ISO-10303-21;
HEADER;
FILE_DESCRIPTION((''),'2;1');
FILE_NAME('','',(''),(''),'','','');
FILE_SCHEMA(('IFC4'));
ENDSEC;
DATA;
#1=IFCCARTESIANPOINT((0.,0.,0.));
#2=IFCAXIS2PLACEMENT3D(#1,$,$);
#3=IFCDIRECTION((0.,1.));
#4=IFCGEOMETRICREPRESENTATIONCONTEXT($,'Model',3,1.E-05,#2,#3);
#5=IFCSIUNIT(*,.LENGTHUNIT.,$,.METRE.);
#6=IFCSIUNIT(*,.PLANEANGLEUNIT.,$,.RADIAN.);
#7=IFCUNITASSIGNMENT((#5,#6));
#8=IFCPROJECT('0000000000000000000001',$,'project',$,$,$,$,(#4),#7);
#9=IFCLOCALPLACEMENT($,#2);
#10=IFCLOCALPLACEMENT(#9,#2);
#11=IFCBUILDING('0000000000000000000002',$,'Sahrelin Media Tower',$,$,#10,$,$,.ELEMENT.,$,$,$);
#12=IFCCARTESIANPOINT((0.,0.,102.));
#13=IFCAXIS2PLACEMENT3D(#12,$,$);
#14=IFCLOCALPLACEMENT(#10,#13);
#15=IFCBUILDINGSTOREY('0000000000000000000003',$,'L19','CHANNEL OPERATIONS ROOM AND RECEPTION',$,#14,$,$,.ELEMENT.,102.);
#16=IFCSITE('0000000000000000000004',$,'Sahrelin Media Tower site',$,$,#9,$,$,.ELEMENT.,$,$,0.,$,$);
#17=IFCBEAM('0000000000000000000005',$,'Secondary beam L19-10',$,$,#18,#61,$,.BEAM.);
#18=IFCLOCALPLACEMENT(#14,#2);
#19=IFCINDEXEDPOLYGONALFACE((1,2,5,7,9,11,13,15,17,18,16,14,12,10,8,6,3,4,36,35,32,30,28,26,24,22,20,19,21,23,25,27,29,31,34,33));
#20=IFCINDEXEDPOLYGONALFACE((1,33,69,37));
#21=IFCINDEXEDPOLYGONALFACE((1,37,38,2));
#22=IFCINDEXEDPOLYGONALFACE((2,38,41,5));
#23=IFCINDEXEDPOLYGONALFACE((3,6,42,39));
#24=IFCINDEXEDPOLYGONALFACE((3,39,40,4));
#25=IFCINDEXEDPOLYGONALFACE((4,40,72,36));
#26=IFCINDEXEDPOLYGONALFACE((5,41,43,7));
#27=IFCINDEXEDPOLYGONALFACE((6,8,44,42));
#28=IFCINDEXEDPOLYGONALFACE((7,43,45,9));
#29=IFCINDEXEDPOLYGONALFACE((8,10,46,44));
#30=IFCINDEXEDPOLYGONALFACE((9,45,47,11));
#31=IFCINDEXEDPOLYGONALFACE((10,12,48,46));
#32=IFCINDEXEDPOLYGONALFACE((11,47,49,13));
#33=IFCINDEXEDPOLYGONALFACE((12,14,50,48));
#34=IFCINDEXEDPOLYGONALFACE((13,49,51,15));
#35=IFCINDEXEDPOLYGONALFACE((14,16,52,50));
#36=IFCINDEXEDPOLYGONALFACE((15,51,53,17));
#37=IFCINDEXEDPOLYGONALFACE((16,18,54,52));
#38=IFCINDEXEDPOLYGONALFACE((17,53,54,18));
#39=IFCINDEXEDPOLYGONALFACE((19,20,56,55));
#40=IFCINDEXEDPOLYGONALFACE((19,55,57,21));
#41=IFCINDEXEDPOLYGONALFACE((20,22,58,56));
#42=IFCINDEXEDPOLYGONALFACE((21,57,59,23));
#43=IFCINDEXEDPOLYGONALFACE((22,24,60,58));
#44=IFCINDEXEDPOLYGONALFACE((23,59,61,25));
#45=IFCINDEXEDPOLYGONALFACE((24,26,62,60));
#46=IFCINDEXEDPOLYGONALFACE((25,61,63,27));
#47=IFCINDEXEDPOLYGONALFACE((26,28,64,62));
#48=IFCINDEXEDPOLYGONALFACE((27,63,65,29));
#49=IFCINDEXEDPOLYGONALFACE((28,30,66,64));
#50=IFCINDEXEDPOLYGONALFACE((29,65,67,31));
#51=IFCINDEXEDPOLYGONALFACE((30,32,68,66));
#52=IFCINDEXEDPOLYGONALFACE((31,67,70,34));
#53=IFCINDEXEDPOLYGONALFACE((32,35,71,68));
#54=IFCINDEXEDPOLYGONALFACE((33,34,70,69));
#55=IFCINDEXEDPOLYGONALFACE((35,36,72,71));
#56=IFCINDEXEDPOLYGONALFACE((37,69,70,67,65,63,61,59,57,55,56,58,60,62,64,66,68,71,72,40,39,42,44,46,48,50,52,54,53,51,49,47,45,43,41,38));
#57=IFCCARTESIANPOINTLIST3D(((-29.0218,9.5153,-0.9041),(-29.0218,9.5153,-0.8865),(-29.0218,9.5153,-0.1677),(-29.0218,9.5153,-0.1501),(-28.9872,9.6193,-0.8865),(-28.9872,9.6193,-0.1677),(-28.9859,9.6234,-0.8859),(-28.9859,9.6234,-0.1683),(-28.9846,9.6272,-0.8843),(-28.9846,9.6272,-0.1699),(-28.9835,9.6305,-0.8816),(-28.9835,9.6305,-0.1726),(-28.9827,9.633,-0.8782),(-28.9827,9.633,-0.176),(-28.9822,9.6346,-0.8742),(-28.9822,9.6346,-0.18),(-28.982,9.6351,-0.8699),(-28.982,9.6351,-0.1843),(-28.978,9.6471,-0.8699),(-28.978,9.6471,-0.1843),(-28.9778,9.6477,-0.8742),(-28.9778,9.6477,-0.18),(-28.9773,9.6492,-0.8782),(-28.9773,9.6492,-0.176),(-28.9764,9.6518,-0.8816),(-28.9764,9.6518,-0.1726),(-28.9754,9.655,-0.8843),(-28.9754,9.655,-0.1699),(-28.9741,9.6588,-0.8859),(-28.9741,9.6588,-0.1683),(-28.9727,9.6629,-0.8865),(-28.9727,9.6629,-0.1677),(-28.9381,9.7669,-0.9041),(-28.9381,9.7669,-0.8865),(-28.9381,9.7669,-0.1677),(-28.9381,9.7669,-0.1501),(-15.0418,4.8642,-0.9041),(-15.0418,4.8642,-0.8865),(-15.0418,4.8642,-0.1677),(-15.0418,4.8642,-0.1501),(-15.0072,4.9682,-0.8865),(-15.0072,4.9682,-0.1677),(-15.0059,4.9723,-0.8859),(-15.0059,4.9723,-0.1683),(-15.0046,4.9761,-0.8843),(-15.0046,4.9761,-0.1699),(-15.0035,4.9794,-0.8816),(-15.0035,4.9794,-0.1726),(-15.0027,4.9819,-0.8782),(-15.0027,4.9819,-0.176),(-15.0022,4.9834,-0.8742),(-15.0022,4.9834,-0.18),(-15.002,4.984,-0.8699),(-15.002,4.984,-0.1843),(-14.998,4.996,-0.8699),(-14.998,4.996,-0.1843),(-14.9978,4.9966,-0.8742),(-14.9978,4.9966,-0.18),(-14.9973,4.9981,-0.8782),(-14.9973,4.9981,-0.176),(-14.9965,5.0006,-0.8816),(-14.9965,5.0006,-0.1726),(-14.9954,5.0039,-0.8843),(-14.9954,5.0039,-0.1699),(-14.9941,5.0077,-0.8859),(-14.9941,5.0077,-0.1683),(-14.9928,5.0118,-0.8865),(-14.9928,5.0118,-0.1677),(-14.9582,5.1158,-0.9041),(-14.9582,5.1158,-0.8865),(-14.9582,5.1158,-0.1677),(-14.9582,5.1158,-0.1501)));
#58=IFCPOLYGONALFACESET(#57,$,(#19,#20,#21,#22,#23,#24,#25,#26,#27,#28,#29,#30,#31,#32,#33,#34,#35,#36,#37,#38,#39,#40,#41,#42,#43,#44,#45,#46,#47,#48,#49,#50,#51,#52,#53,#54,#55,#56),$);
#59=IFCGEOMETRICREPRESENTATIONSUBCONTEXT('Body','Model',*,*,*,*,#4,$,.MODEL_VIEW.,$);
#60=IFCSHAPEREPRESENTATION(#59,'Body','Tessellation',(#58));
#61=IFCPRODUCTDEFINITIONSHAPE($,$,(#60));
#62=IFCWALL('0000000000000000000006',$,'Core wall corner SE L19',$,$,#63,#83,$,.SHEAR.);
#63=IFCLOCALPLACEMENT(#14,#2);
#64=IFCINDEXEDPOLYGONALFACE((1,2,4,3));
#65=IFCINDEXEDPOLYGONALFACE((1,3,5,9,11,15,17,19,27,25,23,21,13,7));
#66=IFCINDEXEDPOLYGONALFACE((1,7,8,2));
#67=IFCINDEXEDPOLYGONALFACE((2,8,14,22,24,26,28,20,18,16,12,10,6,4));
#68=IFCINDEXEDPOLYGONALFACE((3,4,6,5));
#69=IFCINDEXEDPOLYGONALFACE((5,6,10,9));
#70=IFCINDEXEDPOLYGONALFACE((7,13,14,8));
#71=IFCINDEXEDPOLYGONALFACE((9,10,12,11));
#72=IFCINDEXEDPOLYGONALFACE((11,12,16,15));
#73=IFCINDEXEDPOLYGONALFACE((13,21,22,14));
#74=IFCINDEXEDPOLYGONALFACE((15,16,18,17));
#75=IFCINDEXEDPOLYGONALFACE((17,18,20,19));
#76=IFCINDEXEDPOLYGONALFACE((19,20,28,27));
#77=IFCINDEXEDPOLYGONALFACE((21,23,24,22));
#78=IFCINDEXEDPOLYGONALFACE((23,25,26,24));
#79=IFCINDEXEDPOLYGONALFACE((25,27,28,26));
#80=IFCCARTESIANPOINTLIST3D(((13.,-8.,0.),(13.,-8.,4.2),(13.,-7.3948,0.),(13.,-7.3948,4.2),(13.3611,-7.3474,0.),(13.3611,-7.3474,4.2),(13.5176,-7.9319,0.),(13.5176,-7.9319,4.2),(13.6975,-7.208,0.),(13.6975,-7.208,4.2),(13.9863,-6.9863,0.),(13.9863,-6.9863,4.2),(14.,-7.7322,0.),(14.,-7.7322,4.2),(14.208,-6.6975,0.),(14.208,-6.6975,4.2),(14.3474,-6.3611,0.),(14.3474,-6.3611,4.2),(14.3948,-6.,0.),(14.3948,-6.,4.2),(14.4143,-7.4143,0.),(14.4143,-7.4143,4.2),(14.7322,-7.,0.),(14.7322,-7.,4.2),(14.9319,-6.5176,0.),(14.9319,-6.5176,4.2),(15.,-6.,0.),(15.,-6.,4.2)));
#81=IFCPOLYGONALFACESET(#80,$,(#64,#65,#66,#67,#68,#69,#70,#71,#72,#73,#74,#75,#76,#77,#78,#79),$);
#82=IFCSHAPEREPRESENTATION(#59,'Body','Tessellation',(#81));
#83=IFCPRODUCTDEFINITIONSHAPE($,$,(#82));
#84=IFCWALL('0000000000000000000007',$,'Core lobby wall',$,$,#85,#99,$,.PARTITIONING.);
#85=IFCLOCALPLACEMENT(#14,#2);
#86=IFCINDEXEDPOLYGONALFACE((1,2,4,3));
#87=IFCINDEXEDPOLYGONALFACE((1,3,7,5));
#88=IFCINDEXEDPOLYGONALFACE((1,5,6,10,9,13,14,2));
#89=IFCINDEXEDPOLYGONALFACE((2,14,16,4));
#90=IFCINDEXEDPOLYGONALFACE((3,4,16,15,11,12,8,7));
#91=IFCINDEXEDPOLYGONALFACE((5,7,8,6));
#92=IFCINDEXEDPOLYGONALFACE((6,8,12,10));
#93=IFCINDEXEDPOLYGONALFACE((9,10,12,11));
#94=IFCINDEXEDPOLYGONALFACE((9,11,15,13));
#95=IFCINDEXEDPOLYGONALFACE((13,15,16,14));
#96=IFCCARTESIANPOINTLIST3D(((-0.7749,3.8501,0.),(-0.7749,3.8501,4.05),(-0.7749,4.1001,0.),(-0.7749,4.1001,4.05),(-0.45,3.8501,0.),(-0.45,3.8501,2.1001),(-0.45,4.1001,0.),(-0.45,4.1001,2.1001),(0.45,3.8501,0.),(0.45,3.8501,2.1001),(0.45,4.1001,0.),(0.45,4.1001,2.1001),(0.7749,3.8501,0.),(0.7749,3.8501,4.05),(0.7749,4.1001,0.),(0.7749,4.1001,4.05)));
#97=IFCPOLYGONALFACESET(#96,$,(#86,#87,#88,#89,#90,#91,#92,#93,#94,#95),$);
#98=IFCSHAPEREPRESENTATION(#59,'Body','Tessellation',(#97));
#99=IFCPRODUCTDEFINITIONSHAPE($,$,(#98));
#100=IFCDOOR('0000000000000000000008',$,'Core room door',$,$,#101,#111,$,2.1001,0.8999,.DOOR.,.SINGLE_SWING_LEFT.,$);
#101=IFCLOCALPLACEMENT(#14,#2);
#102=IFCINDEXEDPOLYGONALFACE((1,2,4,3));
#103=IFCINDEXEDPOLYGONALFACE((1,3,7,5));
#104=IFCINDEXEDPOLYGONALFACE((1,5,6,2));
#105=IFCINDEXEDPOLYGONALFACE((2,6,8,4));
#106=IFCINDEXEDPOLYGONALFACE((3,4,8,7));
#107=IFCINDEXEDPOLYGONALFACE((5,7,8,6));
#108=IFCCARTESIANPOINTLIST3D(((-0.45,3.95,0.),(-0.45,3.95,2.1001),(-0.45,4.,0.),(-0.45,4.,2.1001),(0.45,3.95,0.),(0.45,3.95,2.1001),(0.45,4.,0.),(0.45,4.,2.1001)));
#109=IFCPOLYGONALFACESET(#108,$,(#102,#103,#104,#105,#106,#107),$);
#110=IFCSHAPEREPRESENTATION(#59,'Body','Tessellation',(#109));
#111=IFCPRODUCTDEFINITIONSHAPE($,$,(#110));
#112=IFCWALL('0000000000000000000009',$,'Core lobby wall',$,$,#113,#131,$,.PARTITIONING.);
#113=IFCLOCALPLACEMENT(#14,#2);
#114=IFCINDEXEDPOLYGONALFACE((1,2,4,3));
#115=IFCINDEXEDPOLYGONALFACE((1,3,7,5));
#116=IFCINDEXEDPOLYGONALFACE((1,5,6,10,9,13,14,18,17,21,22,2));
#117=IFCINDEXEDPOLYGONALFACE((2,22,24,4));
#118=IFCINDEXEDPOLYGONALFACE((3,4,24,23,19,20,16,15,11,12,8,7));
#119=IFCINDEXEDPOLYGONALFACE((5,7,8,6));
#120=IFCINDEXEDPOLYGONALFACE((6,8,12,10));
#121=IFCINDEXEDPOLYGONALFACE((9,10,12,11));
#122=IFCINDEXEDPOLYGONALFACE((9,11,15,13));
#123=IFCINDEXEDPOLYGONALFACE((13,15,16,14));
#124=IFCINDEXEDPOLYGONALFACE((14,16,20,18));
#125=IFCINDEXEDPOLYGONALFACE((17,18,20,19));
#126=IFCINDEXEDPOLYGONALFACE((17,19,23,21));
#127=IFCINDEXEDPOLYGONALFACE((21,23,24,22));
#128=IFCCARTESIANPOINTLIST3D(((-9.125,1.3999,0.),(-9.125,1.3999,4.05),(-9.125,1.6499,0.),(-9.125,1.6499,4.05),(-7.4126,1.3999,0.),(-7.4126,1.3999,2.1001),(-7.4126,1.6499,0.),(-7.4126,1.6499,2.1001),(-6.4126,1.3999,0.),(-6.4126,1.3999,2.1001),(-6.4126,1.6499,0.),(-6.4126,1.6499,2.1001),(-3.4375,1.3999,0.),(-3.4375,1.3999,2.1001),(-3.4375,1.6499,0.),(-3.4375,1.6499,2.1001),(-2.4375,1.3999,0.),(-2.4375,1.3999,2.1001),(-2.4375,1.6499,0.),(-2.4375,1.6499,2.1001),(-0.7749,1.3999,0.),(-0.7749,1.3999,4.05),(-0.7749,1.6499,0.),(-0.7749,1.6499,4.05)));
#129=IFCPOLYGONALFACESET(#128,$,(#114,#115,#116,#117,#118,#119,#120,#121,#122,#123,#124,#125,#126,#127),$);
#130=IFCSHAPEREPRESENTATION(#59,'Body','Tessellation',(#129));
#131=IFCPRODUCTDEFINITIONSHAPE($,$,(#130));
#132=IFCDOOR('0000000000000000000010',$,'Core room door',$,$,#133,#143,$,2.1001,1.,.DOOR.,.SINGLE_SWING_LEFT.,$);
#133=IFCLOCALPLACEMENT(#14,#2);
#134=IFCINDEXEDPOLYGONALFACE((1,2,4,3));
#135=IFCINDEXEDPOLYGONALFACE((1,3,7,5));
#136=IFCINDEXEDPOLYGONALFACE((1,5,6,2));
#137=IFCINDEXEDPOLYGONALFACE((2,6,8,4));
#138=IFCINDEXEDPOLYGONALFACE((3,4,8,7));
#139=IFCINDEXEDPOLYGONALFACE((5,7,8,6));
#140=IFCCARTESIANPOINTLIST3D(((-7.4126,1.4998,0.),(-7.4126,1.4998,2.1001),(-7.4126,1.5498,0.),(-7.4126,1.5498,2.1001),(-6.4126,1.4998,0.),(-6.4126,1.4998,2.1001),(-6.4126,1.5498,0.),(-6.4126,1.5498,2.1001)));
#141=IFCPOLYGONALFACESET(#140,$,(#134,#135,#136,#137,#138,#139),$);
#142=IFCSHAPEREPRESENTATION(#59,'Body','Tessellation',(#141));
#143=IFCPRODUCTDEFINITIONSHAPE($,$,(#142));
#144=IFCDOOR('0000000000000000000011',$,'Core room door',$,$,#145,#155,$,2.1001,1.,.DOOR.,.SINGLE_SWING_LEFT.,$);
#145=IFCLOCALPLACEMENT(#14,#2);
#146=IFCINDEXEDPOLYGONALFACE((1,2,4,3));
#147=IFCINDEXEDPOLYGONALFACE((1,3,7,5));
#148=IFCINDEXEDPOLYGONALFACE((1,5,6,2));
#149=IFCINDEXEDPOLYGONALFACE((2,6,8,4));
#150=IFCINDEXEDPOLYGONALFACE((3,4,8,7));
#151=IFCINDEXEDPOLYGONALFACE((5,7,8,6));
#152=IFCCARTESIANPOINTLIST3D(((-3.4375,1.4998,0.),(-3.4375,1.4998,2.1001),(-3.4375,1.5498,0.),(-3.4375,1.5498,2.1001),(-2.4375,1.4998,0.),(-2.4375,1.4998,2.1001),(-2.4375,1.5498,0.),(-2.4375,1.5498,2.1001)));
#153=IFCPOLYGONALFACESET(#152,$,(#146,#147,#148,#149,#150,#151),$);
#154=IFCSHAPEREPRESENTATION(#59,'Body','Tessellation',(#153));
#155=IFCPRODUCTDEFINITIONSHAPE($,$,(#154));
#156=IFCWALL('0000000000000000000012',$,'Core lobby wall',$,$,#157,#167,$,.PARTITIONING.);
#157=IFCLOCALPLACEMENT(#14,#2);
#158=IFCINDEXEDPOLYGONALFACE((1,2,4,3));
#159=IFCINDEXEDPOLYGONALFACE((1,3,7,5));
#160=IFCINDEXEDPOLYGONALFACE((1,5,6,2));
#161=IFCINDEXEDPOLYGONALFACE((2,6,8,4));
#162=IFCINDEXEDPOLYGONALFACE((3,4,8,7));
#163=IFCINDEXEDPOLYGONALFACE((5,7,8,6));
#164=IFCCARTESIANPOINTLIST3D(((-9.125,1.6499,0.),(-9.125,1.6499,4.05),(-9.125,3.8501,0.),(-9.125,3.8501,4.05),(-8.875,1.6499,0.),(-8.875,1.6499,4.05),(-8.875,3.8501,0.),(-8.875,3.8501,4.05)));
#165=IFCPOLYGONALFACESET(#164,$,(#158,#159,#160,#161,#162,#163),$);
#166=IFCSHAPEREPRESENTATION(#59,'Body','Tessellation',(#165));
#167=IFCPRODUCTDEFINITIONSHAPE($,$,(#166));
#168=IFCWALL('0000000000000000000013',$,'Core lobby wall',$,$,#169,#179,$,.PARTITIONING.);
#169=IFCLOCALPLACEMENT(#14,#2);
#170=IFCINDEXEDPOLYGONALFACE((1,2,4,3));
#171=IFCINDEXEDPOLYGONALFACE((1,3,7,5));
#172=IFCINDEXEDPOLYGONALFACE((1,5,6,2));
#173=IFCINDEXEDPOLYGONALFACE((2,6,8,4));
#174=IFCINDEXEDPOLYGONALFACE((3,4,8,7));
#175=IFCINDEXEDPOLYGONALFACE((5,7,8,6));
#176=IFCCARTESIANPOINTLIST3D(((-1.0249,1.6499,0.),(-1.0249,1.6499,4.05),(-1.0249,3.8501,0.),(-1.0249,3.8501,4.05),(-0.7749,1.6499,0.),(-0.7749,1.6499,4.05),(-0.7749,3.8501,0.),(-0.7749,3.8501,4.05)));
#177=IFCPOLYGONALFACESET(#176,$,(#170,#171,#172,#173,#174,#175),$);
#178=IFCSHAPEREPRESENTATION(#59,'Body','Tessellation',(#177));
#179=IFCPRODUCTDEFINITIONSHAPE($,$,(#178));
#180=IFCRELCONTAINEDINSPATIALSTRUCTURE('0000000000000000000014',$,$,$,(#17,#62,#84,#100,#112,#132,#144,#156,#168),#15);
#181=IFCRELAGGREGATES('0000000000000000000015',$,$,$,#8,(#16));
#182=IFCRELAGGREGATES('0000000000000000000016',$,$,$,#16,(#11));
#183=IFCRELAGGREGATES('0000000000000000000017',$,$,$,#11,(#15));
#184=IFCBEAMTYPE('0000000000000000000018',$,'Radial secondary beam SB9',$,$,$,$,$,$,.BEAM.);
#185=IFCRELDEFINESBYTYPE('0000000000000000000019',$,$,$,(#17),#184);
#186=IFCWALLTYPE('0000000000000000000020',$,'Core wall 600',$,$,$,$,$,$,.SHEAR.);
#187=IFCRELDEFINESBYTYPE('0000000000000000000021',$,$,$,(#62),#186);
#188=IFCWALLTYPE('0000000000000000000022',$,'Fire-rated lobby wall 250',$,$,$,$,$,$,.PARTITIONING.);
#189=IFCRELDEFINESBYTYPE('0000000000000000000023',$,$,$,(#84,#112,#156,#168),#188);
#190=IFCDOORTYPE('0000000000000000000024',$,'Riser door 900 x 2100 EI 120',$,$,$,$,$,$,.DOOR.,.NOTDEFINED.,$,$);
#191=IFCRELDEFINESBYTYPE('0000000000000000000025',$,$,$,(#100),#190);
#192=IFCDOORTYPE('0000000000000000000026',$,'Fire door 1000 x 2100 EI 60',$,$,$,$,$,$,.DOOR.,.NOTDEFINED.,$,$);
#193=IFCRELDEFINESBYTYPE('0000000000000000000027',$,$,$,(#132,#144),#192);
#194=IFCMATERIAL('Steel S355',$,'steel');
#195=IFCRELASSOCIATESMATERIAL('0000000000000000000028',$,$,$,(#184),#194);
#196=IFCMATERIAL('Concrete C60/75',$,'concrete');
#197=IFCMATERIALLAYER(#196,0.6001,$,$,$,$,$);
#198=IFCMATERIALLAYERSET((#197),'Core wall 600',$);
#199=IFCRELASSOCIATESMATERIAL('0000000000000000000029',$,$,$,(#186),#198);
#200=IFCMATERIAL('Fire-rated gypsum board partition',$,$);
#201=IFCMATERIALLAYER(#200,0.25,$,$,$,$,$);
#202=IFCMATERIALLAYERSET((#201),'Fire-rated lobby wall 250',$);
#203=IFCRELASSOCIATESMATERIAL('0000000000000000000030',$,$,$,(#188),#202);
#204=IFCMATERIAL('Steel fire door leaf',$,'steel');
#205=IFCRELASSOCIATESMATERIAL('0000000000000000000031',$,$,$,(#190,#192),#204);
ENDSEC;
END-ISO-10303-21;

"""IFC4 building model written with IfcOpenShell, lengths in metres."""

from ifc_helpers import new_model, si_unit, direction, frame, frame_2d, origin, origin_2d, place, context, subcontext, project, spatial, polyline, rectangle, i_section, outline, extrude, material, layer, layer_set, material_profile, profile_set, type_object, element, fill, save


model = new_model("IFC4")

# Units and contexts
model_context = context("Model", 3, precision=1e-05, world=origin(), true_north=direction((0.0, 1.0)))
body_context = subcontext(model_context, "Body", "Model", "MODEL_VIEW")
ifc_project = project(units=[si_unit("LENGTHUNIT", "METRE"), si_unit("PLANEANGLEUNIT", "RADIAN")], contexts=[model_context])

# Site, building, storey
site_placement = place(None, origin())
site = spatial("IfcSite", under=ifc_project, at=site_placement, Name="Sahrelin Media Tower site", CompositionType="ELEMENT", RefElevation=0.0)
building_placement = place(site_placement, origin())
building = spatial("IfcBuilding", under=site, at=building_placement, Name="Sahrelin Media Tower", CompositionType="ELEMENT")
storey_placement = place(building_placement, frame((0.0, 0.0, 102.0)))
storey = spatial("IfcBuildingStorey", under=building, at=storey_placement, Name="L19", Description="CHANNEL OPERATIONS ROOM AND RECEPTION", CompositionType="ELEMENT", Elevation=102.0)

# Beam
ifc_material_1 = material(Name="Steel S355", Category="steel")
ifc_material_profile_1 = material_profile(ifc_material_1, i_section(OverallWidth=0.2651, OverallDepth=0.7539, WebThickness=0.0127, FlangeThickness=0.0176, FilletRadius=0.0166, at=origin_2d()), Name="UB 762x267x147")
ifc_profile_set_1 = profile_set([ifc_material_profile_1], Name="Steel S355")
beam_type_1 = type_object("IfcBeamType", Name="Radial secondary beam SB9", PredefinedType="BEAM", material=ifc_profile_set_1)
beam_1_placement = place(storey_placement, frame((-15.0, 4.99, -0.5271), z_axis=(-0.948864, 0.315686, 0.0), x_axis=(-0.315686, -0.948864, 0.0)))
element("IfcBeam", 1, at=beam_1_placement, inside=storey, type_object=beam_type_1, Name="Secondary beam L19-10", PredefinedType="BEAM", context=body_context, shape_type="SweptSolid", body=[
    extrude(i_section(OverallWidth=0.2651, OverallDepth=0.7539, WebThickness=0.0127, FlangeThickness=0.0176, FilletRadius=0.0166, at=origin_2d()), origin(), (0.0, 0.0, 1.0), 14.7334),
])

# Wall
ifc_material_2 = material(Name="Concrete C60/75", Category="concrete")
ifc_layer_1 = layer(ifc_material_2, 0.6001)
ifc_layer_set_1 = layer_set([ifc_layer_1], Name="Core wall 600")
wall_type_1 = type_object("IfcWallType", Name="Core wall 600", PredefinedType="SHEAR", material=ifc_layer_set_1)
wall_1_placement = place(storey_placement, origin())
element("IfcWall", 2, at=wall_1_placement, inside=storey, type_object=wall_type_1, Name="Core wall corner SE L19", PredefinedType="SHEAR", context=body_context, shape_type="SweptSolid", body=[
    extrude(outline(polyline([(15.0, -6.0), (14.3948, -6.0), (14.3474, -6.3611), (14.208, -6.6975), (13.9863, -6.9863), (13.6975, -7.208), (13.3611, -7.3474), (13.0, -7.3948), (13.0, -8.0), (13.5176, -7.9319), (14.0, -7.7322), (14.4143, -7.4143), (14.7322, -7.0), (14.9319, -6.5176), (15.0, -6.0)])), origin(), (0.0, 0.0, 1.0), 4.2),
])

# Wall, opening, door
ifc_material_3 = material(Name="Fire-rated gypsum board partition")
ifc_layer_2 = layer(ifc_material_3, 0.25)
ifc_layer_set_2 = layer_set([ifc_layer_2], Name="Fire-rated lobby wall 250")
wall_type_2 = type_object("IfcWallType", Name="Fire-rated lobby wall 250", PredefinedType="PARTITIONING", material=ifc_layer_set_2)
wall_2_placement = place(storey_placement, frame((-0.7749, 3.9751, 0.0), z_axis=(0.0, 0.0, 1.0), x_axis=(1.0, 0.0, 0.0)))
wall_2 = element("IfcWall", 3, at=wall_2_placement, inside=storey, type_object=wall_type_2, Name="Core lobby wall", PredefinedType="PARTITIONING", context=body_context, shape_type="SweptSolid", body=[
    extrude(rectangle(XDim=1.5498, YDim=0.25, at=frame_2d((0.7749, 0.0))), origin(), (0.0, 0.0, 1.0), 4.05),
])
opening_1_placement = place(wall_2_placement, frame((0.325, 0.0, 0.0)))
opening_1 = element("IfcOpeningElement", 4, at=opening_1_placement, cuts=wall_2, PredefinedType="OPENING", context=body_context, shape_type="SweptSolid", body=[
    extrude(rectangle(XDim=0.8999, YDim=2.1001, at=frame_2d((0.45, 1.05))), frame((0.0, 0.125, 0.0), z_axis=(0.0, -1.0, 0.0), x_axis=(1.0, 0.0, 0.0)), (0.0, 0.0, 1.0), 0.25),
])
ifc_material_4 = material(Name="Steel fire door leaf", Category="steel")
door_type_1 = type_object("IfcDoorType", Name="Riser door 900 x 2100 EI 120", OperationType="NOTDEFINED", PredefinedType="DOOR", material=ifc_material_4)
door_1_placement = place(opening_1_placement, origin())
door_1 = element("IfcDoor", 5, at=door_1_placement, inside=storey, type_object=door_type_1, Name="Core room door", OperationType="SINGLE_SWING_LEFT", OverallHeight=2.1001, OverallWidth=0.8999, PredefinedType="DOOR", context=body_context, shape_type="SweptSolid", body=[
    extrude(rectangle(XDim=0.8999, YDim=2.1001, at=frame_2d((0.45, 1.05))), frame((0.0, 0.0249, 0.0), z_axis=(0.0, -1.0, 0.0), x_axis=(1.0, 0.0, 0.0)), (0.0, 0.0, 1.0), 0.05),
])
fill(opening_1, door_1)

# Wall, openings, doors
wall_3_placement = place(storey_placement, frame((-9.125, 1.5249, 0.0), z_axis=(0.0, 0.0, 1.0), x_axis=(1.0, 0.0, 0.0)))
wall_3 = element("IfcWall", 6, at=wall_3_placement, inside=storey, type_object=wall_type_2, Name="Core lobby wall", PredefinedType="PARTITIONING", context=body_context, shape_type="SweptSolid", body=[
    extrude(rectangle(XDim=8.3501, YDim=0.25, at=frame_2d((4.175, 0.0))), origin(), (0.0, 0.0, 1.0), 4.05),
])
opening_2_placement = place(wall_3_placement, frame((1.7124, 0.0, 0.0)))
opening_2 = element("IfcOpeningElement", 7, at=opening_2_placement, cuts=wall_3, PredefinedType="OPENING", context=body_context, shape_type="SweptSolid", body=[
    extrude(rectangle(XDim=1.0, YDim=2.1001, at=frame_2d((0.5, 1.05))), frame((0.0, 0.125, 0.0), z_axis=(0.0, -1.0, 0.0), x_axis=(1.0, 0.0, 0.0)), (0.0, 0.0, 1.0), 0.25),
])
opening_3_placement = place(wall_3_placement, frame((5.6875, 0.0, 0.0)))
opening_3 = element("IfcOpeningElement", 8, at=opening_3_placement, cuts=wall_3, PredefinedType="OPENING", context=body_context, shape_type="SweptSolid", body=[
    extrude(rectangle(XDim=1.0, YDim=2.1001, at=frame_2d((0.5, 1.05))), frame((0.0, 0.125, 0.0), z_axis=(0.0, -1.0, 0.0), x_axis=(1.0, 0.0, 0.0)), (0.0, 0.0, 1.0), 0.25),
])
door_type_2 = type_object("IfcDoorType", Name="Fire door 1000 x 2100 EI 60", OperationType="NOTDEFINED", PredefinedType="DOOR", material=ifc_material_4)
door_2_placement = place(opening_2_placement, origin())
door_2 = element("IfcDoor", 9, at=door_2_placement, inside=storey, type_object=door_type_2, Name="Core room door", OperationType="SINGLE_SWING_LEFT", OverallHeight=2.1001, OverallWidth=1.0, PredefinedType="DOOR", context=body_context, shape_type="SweptSolid", body=[
    extrude(rectangle(XDim=1.0, YDim=2.1001, at=frame_2d((0.5, 1.05))), frame((0.0, 0.0249, 0.0), z_axis=(0.0, -1.0, 0.0), x_axis=(1.0, 0.0, 0.0)), (0.0, 0.0, 1.0), 0.05),
])
fill(opening_2, door_2)
door_3_placement = place(opening_3_placement, origin())
door_3 = element("IfcDoor", 10, at=door_3_placement, inside=storey, type_object=door_type_2, Name="Core room door", OperationType="SINGLE_SWING_LEFT", OverallHeight=2.1001, OverallWidth=1.0, PredefinedType="DOOR", context=body_context, shape_type="SweptSolid", body=[
    extrude(rectangle(XDim=1.0, YDim=2.1001, at=frame_2d((0.5, 1.05))), frame((0.0, 0.0249, 0.0), z_axis=(0.0, -1.0, 0.0), x_axis=(1.0, 0.0, 0.0)), (0.0, 0.0, 1.0), 0.05),
])
fill(opening_3, door_3)

# Walls
for number, where, z_axis, x_axis, name in (
    (11, (-9.0, 1.6499, 0.0), (0.0, 0.0, 1.0), (0.0, 1.0, 0.0), "Core lobby wall"),
    (12, (-0.8999, 1.6499, 0.0), (0.0, 0.0, 1.0), (0.0, 1.0, 0.0), "Core lobby wall"),
):
    element("IfcWall", number, at=place(storey_placement, frame(where, z_axis=z_axis, x_axis=x_axis)), inside=storey, type_object=wall_type_2, Name=name, PredefinedType="PARTITIONING", context=body_context, shape_type="SweptSolid", body=[
        extrude(rectangle(XDim=2.2002, YDim=0.25, at=frame_2d((1.1001, 0.0))), origin(), (0.0, 0.0, 1.0), 4.05),
    ])

save(model, "model.ifc")
